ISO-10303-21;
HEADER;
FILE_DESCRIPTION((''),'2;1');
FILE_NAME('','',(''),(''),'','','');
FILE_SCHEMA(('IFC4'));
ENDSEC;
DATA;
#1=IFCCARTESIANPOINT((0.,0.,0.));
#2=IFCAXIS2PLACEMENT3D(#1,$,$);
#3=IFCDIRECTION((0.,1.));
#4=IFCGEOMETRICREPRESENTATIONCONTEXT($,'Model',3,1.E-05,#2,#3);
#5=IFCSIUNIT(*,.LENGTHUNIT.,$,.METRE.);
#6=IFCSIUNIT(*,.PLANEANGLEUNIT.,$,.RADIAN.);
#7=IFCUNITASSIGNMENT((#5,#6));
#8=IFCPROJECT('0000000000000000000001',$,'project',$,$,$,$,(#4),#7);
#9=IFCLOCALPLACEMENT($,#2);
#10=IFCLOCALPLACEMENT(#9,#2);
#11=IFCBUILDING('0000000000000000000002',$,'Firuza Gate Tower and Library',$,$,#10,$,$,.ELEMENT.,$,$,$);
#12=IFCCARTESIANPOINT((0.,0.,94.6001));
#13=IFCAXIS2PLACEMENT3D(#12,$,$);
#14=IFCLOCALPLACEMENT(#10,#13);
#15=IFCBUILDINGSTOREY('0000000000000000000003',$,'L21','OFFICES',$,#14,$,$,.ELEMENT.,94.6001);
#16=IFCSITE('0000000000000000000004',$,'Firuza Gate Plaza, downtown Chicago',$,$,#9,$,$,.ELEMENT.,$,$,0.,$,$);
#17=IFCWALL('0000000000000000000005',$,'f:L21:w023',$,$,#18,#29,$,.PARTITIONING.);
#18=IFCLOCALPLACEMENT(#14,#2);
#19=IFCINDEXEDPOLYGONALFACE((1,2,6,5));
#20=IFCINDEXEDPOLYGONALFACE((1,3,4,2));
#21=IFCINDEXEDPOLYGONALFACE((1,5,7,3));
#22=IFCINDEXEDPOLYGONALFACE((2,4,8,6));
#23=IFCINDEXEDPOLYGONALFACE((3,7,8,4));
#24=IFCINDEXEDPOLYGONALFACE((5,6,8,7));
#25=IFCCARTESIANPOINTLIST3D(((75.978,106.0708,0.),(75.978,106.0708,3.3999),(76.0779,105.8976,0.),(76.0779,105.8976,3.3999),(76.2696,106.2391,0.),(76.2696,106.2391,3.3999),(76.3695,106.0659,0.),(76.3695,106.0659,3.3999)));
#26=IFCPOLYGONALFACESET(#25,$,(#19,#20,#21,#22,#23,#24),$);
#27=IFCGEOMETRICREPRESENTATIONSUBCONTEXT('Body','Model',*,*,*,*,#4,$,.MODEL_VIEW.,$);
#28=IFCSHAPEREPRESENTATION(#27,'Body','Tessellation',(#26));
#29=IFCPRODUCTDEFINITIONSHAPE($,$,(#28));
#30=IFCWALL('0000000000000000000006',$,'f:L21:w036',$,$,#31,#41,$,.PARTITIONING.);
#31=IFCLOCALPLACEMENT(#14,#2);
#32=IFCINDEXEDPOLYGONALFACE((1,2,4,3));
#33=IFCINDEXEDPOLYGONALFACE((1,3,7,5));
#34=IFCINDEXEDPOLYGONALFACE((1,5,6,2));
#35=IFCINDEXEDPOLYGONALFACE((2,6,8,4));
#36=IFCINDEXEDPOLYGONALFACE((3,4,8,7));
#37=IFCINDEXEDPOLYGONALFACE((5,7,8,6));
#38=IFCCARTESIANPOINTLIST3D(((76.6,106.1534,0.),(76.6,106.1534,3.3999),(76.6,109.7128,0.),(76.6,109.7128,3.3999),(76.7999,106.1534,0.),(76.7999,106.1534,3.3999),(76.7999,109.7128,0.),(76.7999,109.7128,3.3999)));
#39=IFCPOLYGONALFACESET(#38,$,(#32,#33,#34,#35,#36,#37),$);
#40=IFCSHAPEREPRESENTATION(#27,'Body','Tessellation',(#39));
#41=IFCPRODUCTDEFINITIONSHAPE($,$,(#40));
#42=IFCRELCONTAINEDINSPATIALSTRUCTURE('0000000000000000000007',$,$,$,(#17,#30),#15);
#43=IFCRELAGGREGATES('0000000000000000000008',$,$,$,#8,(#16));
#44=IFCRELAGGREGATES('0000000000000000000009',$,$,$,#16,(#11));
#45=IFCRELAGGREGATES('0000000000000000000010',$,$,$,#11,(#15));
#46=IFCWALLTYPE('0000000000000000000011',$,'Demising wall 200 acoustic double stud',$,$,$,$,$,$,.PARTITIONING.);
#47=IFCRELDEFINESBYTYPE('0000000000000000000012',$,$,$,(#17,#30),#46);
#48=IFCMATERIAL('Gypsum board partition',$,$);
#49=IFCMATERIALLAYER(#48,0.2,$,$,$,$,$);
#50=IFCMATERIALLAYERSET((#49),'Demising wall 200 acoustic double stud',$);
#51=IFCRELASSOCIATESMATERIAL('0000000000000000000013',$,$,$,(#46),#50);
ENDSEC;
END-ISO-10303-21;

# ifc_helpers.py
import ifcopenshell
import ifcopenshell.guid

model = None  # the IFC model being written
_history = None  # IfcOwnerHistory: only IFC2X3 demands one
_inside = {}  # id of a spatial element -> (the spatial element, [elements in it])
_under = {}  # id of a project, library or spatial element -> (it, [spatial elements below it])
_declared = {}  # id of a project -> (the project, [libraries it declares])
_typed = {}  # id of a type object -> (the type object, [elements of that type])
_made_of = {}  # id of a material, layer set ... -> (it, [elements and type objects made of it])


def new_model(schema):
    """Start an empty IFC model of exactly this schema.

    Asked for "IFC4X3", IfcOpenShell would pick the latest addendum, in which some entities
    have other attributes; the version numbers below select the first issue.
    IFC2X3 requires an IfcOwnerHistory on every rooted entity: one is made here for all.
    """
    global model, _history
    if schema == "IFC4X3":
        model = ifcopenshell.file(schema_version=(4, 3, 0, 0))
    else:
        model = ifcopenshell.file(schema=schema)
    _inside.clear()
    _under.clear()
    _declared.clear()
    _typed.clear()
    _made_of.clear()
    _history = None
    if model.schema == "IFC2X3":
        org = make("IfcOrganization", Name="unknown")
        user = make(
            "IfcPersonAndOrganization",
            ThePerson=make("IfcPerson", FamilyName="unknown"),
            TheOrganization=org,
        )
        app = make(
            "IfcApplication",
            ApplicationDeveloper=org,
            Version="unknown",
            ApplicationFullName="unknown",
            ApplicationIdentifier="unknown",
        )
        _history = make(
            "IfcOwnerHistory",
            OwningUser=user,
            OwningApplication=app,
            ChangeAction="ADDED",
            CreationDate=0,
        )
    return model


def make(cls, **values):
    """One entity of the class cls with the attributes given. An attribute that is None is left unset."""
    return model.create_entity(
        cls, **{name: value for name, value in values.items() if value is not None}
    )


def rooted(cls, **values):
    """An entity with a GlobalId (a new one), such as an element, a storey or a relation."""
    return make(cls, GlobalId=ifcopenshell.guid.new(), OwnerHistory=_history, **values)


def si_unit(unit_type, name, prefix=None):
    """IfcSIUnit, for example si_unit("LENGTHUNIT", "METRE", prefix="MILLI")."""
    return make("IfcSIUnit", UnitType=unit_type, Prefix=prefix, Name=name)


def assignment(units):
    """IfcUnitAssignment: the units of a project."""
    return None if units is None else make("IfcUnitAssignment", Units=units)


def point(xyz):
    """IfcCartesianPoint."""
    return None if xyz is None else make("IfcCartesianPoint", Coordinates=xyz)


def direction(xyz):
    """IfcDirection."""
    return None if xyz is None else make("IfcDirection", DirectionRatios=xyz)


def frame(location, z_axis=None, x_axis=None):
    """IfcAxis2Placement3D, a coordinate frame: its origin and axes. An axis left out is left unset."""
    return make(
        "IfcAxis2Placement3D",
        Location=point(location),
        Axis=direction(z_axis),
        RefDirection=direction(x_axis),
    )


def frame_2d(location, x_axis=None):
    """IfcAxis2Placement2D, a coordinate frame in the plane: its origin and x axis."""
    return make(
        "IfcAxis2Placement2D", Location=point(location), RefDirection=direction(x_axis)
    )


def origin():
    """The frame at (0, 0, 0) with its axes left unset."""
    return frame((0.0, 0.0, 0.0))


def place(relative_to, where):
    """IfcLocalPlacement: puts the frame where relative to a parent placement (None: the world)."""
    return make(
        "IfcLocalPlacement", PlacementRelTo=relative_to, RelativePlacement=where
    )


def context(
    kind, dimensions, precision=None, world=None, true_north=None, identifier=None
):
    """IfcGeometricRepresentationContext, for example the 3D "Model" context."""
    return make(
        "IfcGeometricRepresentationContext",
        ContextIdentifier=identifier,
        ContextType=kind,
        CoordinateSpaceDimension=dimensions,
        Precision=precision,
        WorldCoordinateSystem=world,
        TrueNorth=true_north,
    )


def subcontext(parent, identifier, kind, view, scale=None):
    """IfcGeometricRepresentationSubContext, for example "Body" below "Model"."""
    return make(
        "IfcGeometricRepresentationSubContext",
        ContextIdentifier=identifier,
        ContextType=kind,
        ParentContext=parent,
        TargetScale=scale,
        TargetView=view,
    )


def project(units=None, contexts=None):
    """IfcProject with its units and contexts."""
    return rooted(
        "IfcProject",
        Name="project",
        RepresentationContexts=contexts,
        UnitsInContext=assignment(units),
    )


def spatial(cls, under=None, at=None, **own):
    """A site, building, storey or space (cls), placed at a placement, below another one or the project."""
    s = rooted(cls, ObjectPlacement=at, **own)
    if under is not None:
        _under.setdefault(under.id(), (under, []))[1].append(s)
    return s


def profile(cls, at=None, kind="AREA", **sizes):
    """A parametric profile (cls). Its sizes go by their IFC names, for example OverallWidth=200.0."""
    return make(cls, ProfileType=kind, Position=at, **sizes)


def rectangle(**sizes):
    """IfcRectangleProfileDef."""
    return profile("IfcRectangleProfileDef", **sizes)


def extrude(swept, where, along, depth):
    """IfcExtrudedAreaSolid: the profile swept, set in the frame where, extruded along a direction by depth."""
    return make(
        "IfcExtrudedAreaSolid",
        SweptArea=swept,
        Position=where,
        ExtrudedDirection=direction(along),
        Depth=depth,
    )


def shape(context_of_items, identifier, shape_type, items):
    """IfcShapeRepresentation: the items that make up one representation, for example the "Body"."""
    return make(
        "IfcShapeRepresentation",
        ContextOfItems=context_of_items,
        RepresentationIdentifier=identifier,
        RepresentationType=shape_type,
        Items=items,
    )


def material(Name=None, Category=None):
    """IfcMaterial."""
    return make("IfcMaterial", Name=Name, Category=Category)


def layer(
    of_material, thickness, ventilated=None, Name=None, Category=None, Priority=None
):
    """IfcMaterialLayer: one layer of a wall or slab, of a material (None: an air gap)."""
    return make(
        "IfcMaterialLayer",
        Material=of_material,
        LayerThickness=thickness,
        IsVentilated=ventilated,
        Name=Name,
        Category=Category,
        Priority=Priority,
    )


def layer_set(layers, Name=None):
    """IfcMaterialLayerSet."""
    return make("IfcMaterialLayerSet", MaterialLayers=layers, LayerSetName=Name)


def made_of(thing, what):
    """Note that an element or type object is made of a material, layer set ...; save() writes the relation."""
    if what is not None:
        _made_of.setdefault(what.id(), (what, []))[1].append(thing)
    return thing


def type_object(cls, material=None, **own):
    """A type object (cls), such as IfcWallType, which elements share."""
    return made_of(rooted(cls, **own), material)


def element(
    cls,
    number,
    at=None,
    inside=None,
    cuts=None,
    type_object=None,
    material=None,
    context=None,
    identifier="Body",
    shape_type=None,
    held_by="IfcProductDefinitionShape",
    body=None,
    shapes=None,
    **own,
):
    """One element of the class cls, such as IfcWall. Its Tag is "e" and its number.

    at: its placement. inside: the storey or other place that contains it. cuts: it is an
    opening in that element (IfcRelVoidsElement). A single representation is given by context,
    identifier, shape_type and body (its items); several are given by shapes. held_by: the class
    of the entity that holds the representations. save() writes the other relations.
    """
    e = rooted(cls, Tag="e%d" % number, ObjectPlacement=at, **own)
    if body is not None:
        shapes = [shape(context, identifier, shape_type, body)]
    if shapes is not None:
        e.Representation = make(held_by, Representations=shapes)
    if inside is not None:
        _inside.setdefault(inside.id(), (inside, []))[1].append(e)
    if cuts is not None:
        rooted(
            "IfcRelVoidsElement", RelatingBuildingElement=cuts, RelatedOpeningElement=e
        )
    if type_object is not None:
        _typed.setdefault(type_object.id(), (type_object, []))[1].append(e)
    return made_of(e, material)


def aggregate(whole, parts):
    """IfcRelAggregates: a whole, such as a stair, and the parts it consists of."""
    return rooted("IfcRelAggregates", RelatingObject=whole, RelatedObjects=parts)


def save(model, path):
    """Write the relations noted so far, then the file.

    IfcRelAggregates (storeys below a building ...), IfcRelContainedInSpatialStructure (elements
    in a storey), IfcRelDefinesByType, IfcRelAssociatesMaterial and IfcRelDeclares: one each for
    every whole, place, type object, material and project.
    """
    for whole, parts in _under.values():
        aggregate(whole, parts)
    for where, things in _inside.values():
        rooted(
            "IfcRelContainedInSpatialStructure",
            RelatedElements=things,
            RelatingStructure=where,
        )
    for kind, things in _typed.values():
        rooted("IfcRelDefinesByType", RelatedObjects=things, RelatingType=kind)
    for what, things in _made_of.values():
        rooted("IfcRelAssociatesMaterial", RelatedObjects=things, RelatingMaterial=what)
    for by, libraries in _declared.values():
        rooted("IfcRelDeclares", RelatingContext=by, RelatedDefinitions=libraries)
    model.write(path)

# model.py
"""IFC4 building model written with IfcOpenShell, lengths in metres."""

from ifc_helpers import new_model, si_unit, direction, frame, frame_2d, origin, place, context, subcontext, project, spatial, rectangle, extrude, material, layer, layer_set, type_object, element, save


model = new_model("IFC4")

# Units and contexts
model_context = context("Model", 3, precision=1e-05, world=origin(), true_north=direction((0.0, 1.0)))
body_context = subcontext(model_context, "Body", "Model", "MODEL_VIEW")
ifc_project = project(units=[si_unit("LENGTHUNIT", "METRE"), si_unit("PLANEANGLEUNIT", "RADIAN")], contexts=[model_context])

# Site, building, storey
site_placement = place(None, origin())
site = spatial("IfcSite", under=ifc_project, at=site_placement, Name="Firuza Gate Plaza, downtown Chicago", CompositionType="ELEMENT", RefElevation=0.0)
building_placement = place(site_placement, origin())
building = spatial("IfcBuilding", under=site, at=building_placement, Name="Firuza Gate Tower and Library", CompositionType="ELEMENT")
storey_placement = place(building_placement, frame((0.0, 0.0, 94.6001)))
storey = spatial("IfcBuildingStorey", under=building, at=storey_placement, Name="L21", Description="OFFICES", CompositionType="ELEMENT", Elevation=94.6001)

# Walls
ifc_material_1 = material(Name="Gypsum board partition")
ifc_layer_1 = layer(ifc_material_1, 0.2)
ifc_layer_set_1 = layer_set([ifc_layer_1], Name="Demising wall 200 acoustic double stud")
wall_type_1 = type_object("IfcWallType", Name="Demising wall 200 acoustic double stud", PredefinedType="PARTITIONING", material=ifc_layer_set_1)
wall_1_placement = place(storey_placement, frame((76.0278, 105.9841, 0.0), z_axis=(0.0, 0.0, 1.0), x_axis=(0.866137, 0.499806, 0.0)))
element("IfcWall", 1, at=wall_1_placement, inside=storey, type_object=wall_type_1, Name="f:L21:w023", PredefinedType="PARTITIONING", context=body_context, shape_type="SweptSolid", body=[
    extrude(rectangle(XDim=0.3367, YDim=0.2, at=frame_2d((0.1685, 0.0))), origin(), (0.0, 0.0, 1.0), 3.3999),
])
wall_2_placement = place(storey_placement, frame((76.7, 106.1533, 0.0), z_axis=(0.0, 0.0, 1.0), x_axis=(0.0, 1.0, 0.0)))
element("IfcWall", 2, at=wall_2_placement, inside=storey, type_object=wall_type_1, Name="f:L21:w036", PredefinedType="PARTITIONING", context=body_context, shape_type="SweptSolid", body=[
    extrude(rectangle(XDim=3.5593, YDim=0.2, at=frame_2d((1.7798, 0.0))), origin(), (0.0, 0.0, 1.0), 3.3999),
])

save(model, "model.ifc")
